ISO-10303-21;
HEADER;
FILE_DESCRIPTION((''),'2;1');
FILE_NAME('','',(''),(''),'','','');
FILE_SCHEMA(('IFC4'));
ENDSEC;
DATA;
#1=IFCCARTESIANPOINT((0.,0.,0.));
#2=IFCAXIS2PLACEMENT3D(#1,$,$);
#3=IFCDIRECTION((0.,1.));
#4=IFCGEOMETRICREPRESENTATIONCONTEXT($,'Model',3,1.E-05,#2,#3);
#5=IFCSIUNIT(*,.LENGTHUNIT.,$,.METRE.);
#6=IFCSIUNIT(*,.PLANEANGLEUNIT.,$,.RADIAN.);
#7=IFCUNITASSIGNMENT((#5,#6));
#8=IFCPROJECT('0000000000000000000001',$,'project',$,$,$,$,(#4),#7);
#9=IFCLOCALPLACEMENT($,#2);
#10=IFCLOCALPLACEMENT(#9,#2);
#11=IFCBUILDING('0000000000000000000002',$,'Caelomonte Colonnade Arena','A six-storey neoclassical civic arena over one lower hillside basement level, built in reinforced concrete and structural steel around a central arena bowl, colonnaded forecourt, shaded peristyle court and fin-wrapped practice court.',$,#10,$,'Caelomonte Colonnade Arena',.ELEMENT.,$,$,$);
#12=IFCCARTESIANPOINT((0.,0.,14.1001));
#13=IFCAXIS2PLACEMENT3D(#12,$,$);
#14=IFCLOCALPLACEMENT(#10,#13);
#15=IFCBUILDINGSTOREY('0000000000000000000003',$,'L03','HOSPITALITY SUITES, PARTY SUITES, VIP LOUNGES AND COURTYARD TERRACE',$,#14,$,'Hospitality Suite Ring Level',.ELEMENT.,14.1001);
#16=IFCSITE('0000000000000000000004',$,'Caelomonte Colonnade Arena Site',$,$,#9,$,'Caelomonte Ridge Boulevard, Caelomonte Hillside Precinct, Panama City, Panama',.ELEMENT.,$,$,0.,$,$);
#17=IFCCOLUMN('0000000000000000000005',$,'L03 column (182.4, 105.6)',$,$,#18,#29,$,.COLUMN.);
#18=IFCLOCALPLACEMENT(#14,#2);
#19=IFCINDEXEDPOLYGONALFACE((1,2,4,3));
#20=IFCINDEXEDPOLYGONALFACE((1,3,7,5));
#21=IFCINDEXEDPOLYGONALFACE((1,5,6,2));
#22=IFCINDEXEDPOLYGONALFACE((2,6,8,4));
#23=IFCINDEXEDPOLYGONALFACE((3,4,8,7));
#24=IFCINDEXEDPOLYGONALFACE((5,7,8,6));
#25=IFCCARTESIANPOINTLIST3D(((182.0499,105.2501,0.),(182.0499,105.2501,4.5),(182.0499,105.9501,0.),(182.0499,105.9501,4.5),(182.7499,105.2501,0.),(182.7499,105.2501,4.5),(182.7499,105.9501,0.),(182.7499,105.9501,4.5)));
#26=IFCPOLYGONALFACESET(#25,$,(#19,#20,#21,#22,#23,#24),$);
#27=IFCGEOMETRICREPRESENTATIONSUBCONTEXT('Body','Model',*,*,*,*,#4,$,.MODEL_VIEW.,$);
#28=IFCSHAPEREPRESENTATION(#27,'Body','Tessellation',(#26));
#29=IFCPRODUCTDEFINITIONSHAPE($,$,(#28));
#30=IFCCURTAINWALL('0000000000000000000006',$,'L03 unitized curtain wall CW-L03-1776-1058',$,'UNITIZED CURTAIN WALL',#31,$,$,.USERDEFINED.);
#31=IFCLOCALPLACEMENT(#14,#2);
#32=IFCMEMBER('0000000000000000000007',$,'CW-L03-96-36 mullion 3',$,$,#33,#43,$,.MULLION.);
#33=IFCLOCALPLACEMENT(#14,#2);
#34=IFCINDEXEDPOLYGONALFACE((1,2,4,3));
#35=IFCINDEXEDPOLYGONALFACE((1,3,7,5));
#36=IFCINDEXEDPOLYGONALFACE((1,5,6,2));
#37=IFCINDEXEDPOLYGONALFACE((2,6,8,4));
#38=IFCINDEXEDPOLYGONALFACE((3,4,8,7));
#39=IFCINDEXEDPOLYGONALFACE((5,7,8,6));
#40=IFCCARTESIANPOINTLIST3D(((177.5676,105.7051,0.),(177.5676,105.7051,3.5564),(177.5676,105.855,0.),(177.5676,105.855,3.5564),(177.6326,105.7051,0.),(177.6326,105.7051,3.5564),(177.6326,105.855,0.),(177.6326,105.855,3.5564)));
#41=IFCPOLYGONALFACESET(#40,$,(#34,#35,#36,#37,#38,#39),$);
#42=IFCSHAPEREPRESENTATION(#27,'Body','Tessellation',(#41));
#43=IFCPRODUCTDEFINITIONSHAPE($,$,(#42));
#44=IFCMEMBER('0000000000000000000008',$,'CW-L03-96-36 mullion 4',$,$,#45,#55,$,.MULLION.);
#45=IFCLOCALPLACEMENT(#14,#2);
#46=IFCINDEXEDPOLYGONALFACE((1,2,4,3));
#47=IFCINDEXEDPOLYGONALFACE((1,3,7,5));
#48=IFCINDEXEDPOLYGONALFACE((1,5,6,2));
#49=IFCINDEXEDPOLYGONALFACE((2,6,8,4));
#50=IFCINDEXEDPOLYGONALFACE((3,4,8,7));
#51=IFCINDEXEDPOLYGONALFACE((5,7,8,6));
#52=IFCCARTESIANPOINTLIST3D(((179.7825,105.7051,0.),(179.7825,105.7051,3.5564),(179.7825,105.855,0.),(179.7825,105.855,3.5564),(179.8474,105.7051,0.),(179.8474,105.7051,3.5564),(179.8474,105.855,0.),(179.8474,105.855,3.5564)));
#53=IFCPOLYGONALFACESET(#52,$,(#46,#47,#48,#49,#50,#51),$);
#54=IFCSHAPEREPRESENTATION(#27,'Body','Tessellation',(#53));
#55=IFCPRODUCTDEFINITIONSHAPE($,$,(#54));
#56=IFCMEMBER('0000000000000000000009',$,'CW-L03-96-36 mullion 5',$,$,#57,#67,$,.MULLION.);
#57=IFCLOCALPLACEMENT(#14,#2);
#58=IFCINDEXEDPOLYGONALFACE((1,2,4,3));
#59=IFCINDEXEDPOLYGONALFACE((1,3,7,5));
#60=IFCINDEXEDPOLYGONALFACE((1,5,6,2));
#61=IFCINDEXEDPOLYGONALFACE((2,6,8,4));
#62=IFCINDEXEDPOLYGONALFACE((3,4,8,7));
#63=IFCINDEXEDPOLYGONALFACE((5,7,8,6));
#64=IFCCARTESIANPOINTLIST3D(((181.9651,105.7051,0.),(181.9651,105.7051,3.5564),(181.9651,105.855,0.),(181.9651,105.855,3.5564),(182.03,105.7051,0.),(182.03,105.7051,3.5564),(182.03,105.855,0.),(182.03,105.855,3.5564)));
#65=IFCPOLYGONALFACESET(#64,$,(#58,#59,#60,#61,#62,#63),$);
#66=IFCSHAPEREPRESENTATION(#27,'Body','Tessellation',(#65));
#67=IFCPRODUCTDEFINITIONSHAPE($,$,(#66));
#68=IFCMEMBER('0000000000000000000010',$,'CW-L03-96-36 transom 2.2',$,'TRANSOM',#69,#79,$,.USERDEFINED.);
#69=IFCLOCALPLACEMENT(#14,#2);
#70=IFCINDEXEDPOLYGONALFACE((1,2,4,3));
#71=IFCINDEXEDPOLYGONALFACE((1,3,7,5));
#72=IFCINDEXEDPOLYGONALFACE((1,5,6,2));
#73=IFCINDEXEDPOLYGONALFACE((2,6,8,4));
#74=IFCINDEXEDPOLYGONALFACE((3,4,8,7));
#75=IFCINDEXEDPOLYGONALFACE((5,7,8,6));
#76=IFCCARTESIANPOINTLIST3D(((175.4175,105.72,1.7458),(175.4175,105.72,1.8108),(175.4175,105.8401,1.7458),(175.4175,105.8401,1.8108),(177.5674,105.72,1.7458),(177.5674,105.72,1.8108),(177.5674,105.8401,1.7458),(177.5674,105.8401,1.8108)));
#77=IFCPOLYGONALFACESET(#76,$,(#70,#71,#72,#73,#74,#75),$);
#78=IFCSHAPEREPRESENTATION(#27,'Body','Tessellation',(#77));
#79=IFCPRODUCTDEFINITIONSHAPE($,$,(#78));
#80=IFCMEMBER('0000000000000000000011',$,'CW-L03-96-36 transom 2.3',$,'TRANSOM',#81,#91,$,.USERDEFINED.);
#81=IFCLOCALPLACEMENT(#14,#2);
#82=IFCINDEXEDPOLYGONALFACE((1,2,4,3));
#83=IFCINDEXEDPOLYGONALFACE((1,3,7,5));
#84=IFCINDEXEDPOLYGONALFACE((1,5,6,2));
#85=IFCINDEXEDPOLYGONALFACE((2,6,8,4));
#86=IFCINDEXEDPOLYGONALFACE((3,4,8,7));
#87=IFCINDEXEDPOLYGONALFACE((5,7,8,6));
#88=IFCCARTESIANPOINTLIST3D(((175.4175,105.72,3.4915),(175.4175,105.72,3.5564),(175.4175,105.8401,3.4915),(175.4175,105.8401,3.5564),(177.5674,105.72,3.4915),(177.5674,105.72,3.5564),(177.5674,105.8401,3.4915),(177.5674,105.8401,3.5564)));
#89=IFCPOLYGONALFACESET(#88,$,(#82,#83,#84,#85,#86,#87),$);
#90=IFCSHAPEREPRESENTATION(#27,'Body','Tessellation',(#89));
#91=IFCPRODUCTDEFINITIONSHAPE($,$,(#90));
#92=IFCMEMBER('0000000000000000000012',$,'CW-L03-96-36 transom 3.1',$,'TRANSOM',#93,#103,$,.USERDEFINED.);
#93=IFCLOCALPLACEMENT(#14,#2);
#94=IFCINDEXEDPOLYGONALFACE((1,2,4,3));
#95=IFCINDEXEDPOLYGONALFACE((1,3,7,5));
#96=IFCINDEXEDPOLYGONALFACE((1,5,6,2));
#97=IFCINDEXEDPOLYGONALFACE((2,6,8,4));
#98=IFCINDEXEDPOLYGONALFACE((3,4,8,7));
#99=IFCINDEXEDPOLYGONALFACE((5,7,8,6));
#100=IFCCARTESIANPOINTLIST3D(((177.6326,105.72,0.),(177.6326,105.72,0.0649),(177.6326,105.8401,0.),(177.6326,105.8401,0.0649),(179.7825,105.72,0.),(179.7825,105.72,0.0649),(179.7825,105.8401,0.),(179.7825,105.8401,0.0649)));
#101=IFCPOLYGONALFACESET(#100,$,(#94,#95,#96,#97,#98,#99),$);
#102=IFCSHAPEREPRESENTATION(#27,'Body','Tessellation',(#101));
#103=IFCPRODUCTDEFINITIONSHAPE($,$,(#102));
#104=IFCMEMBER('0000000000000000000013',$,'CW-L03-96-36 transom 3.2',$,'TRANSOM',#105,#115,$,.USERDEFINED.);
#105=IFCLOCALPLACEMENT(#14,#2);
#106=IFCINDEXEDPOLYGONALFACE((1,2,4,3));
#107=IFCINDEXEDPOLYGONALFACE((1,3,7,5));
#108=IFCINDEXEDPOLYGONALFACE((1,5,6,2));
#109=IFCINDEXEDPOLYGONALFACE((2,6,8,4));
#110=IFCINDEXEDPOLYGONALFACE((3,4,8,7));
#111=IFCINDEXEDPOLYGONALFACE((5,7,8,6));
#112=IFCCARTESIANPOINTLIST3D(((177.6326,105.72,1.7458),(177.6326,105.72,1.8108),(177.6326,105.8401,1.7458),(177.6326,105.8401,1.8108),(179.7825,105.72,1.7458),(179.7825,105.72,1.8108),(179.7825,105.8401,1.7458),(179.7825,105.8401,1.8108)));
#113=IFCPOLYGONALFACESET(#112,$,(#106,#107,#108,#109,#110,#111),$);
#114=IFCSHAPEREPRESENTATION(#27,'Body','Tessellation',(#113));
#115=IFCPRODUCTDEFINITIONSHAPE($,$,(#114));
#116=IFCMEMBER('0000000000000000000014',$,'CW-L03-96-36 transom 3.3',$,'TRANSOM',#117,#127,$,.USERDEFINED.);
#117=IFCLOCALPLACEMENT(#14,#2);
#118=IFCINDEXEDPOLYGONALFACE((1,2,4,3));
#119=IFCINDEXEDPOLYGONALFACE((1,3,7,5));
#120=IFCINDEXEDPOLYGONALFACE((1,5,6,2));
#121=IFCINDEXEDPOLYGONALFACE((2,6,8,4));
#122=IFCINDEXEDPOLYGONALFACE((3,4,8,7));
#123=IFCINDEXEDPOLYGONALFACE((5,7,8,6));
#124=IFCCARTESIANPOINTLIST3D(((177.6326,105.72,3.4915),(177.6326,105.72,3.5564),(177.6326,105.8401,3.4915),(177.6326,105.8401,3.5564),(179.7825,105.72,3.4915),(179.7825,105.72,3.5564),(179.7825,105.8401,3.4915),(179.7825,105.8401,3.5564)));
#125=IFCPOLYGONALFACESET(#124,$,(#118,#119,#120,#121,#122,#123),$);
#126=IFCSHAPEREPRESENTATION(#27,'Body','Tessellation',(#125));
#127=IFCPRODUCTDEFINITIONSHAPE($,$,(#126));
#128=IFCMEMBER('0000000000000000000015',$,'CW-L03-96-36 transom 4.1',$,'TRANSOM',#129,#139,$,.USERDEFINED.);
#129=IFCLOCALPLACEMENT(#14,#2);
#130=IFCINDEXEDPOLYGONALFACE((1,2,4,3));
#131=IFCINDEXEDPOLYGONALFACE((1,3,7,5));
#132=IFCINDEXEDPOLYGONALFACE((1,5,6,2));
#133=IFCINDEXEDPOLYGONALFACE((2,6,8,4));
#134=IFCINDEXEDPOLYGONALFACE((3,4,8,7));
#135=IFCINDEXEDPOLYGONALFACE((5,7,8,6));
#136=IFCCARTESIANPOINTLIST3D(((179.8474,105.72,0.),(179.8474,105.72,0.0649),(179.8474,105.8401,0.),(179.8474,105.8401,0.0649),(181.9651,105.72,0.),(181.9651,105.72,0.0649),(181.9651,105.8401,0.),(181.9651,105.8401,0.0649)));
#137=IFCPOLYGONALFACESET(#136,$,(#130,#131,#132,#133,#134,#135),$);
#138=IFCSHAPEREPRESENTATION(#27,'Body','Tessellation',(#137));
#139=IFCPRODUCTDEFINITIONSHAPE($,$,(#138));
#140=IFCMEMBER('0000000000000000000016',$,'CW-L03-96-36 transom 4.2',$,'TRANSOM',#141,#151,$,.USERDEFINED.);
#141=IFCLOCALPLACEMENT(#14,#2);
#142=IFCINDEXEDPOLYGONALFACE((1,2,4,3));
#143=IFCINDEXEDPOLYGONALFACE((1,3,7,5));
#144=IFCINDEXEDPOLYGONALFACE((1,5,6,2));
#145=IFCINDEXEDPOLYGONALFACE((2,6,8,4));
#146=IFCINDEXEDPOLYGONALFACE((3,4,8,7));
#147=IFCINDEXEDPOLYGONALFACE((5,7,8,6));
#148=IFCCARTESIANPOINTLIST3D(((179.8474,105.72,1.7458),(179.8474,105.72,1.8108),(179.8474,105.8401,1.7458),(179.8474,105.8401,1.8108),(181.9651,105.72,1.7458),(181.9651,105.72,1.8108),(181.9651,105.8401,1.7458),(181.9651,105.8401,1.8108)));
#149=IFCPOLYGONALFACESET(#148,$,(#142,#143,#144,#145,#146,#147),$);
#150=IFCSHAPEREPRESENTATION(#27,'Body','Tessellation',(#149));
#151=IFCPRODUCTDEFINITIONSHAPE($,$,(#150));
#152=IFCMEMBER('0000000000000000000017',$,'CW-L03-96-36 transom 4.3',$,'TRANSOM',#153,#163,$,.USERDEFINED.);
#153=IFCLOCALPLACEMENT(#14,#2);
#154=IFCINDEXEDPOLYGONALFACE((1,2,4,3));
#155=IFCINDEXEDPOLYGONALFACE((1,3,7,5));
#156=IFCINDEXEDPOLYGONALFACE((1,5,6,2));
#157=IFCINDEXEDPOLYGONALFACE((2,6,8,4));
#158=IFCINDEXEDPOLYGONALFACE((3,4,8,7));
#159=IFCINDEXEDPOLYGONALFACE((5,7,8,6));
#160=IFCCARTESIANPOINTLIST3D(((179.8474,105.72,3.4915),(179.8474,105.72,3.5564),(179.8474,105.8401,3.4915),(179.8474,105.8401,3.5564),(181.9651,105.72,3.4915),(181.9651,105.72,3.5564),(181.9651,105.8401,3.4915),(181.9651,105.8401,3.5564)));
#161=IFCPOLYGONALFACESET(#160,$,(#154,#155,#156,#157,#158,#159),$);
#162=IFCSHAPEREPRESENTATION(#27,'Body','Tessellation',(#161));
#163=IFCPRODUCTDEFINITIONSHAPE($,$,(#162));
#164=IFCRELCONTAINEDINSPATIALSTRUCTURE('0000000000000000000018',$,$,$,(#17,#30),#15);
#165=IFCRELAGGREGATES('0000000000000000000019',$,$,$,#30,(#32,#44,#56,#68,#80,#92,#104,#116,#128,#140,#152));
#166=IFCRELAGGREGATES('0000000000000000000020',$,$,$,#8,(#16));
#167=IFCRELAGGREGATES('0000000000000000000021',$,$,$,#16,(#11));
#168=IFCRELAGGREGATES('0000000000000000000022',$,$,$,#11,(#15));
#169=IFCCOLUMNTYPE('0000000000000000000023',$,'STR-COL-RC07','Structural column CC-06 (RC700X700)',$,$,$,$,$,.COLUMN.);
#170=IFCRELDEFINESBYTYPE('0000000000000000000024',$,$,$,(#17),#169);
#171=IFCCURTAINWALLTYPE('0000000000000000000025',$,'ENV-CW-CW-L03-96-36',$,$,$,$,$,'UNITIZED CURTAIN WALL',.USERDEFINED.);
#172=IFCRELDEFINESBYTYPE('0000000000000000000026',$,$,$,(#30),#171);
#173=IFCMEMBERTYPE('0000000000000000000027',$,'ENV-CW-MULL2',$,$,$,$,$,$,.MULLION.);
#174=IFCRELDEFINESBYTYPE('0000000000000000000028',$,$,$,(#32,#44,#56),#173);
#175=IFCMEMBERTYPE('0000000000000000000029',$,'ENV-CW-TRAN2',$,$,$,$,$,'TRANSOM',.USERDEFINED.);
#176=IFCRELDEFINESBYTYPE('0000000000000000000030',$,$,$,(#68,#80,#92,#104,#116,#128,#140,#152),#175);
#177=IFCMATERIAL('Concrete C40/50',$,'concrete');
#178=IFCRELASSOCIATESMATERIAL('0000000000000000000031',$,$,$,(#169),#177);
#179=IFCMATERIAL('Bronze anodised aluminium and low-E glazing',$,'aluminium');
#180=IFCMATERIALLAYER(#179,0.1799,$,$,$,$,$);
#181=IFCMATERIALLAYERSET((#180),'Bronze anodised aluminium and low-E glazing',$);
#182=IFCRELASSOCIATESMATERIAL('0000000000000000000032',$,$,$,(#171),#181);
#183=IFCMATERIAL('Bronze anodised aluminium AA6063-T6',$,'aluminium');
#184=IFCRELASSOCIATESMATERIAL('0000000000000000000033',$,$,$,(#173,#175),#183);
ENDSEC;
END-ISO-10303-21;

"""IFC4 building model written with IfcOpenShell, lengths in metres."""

from ifc_helpers import new_model, si_unit, direction, frame, origin, origin_2d, place, context, subcontext, project, spatial, rectangle, extrude, material, layer, layer_set, material_profile, profile_set, type_object, element, aggregate, save


model = new_model("IFC4")

# Units and contexts
model_context = context("Model", 3, precision=1e-05, world=origin(), true_north=direction((0.0, 1.0)))
body_context = subcontext(model_context, "Body", "Model", "MODEL_VIEW")
ifc_project = project(units=[si_unit("LENGTHUNIT", "METRE"), si_unit("PLANEANGLEUNIT", "RADIAN")], contexts=[model_context])

# Site, building, storey
site_placement = place(None, origin())
site = spatial("IfcSite", under=ifc_project, at=site_placement, Name="Caelomonte Colonnade Arena Site", LongName="Caelomonte Ridge Boulevard, Caelomonte Hillside Precinct, Panama City, Panama", CompositionType="ELEMENT", RefElevation=0.0)
building_placement = place(site_placement, origin())
building = spatial("IfcBuilding", under=site, at=building_placement, Name="Caelomonte Colonnade Arena", Description="A six-storey neoclassical civic arena over one lower hillside basement level, built in reinforced concrete and structural steel around a central arena bowl, colonnaded forecourt, shaded peristyle court and fin-wrapped practice court.", LongName="Caelomonte Colonnade Arena", CompositionType="ELEMENT")
storey_placement = place(building_placement, frame((0.0, 0.0, 14.1001)))
storey = spatial("IfcBuildingStorey", under=building, at=storey_placement, Name="L03", Description="HOSPITALITY SUITES, PARTY SUITES, VIP LOUNGES AND COURTYARD TERRACE", LongName="Hospitality Suite Ring Level", CompositionType="ELEMENT", Elevation=14.1001)

# Column
ifc_material_1 = material(Name="Concrete C40/50", Category="concrete")
ifc_material_profile_1 = material_profile(ifc_material_1, rectangle(XDim=0.7, YDim=0.7, at=origin_2d()), Name="RC700X700")
ifc_profile_set_1 = profile_set([ifc_material_profile_1], Name="Concrete C40/50")
column_type = type_object("IfcColumnType", Name="STR-COL-RC07", Description="Structural column CC-06 (RC700X700)", PredefinedType="COLUMN", material=ifc_profile_set_1)
column_placement = place(storey_placement, frame((182.3999, 105.6001, 0.0), z_axis=(0.0, 0.0, 1.0), x_axis=(1.0, 0.0, 0.0)))
element("IfcColumn", 1, at=column_placement, inside=storey, type_object=column_type, Name="L03 column (182.4, 105.6)", PredefinedType="COLUMN", context=body_context, shape_type="SweptSolid", body=[
    extrude(rectangle(XDim=0.7, YDim=0.7, at=origin_2d()), origin(), (0.0, 0.0, 1.0), 4.5),
])

# Curtain wall, members
ifc_material_2 = material(Name="Bronze anodised aluminium and low-E glazing", Category="aluminium")
ifc_layer_1 = layer(ifc_material_2, 0.1799)
ifc_layer_set_1 = layer_set([ifc_layer_1], Name="Bronze anodised aluminium and low-E glazing")
curtain_wall_type = type_object("IfcCurtainWallType", Name="ENV-CW-CW-L03-96-36", ElementType="UNITIZED CURTAIN WALL", PredefinedType="USERDEFINED", material=ifc_layer_set_1)
curtain_wall_placement = place(storey_placement, origin())
curtain_wall = element("IfcCurtainWall", 2, at=curtain_wall_placement, inside=storey, type_object=curtain_wall_type, Name="L03 unitized curtain wall CW-L03-1776-1058", ObjectType="UNITIZED CURTAIN WALL", PredefinedType="USERDEFINED")
ifc_material_3 = material(Name="Bronze anodised aluminium AA6063-T6", Category="aluminium")
ifc_material_profile_2 = material_profile(ifc_material_3, rectangle(XDim=0.0649, YDim=0.1499, at=origin_2d()), Name="CWM-65X150")
ifc_profile_set_2 = profile_set([ifc_material_profile_2], Name="Bronze anodised aluminium AA6063-T6")
member_type_1 = type_object("IfcMemberType", Name="ENV-CW-MULL2", PredefinedType="MULLION", material=ifc_profile_set_2)
member_1_placement = place(storey_placement, frame((177.6001, 105.78, 0.0), z_axis=(0.0, 0.0, 1.0), x_axis=(1.0, 0.0, 0.0)))
member_1 = element("IfcMember", 3, at=member_1_placement, type_object=member_type_1, Name="CW-L03-96-36 mullion 3", PredefinedType="MULLION", context=body_context, shape_type="SweptSolid", body=[
    extrude(rectangle(XDim=0.0649, YDim=0.1499, at=origin_2d()), origin(), (0.0, 0.0, 1.0), 3.5564),
])
member_2_placement = place(storey_placement, frame((179.8149, 105.78, 0.0), z_axis=(0.0, 0.0, 1.0), x_axis=(1.0, 0.0, 0.0)))
member_2 = element("IfcMember", 4, at=member_2_placement, type_object=member_type_1, Name="CW-L03-96-36 mullion 4", PredefinedType="MULLION", context=body_context, shape_type="SweptSolid", body=[
    extrude(rectangle(XDim=0.0649, YDim=0.1499, at=origin_2d()), origin(), (0.0, 0.0, 1.0), 3.5564),
])
member_3_placement = place(storey_placement, frame((181.9976, 105.78, 0.0), z_axis=(0.0, 0.0, 1.0), x_axis=(1.0, 0.0, 0.0)))
member_3 = element("IfcMember", 5, at=member_3_placement, type_object=member_type_1, Name="CW-L03-96-36 mullion 5", PredefinedType="MULLION", context=body_context, shape_type="SweptSolid", body=[
    extrude(rectangle(XDim=0.0649, YDim=0.1499, at=origin_2d()), origin(), (0.0, 0.0, 1.0), 3.5564),
])
ifc_material_profile_3 = material_profile(ifc_material_3, rectangle(XDim=0.0649, YDim=0.1201, at=origin_2d()), Name="CWT-65X120")
ifc_profile_set_3 = profile_set([ifc_material_profile_3], Name="Bronze anodised aluminium AA6063-T6")
member_type_2 = type_object("IfcMemberType", Name="ENV-CW-TRAN2", ElementType="TRANSOM", PredefinedType="USERDEFINED", material=ifc_profile_set_3)
member_4_placement = place(storey_placement, frame((175.4175, 105.78, 1.7783), z_axis=(1.0, 0.0, 0.0), x_axis=(0.0, 0.0, 1.0)))
member_4 = element("IfcMember", 6, at=member_4_placement, type_object=member_type_2, Name="CW-L03-96-36 transom 2.2", ObjectType="TRANSOM", PredefinedType="USERDEFINED", context=body_context, shape_type="SweptSolid", body=[
    extrude(rectangle(XDim=0.0649, YDim=0.1201, at=origin_2d()), origin(), (0.0, 0.0, 1.0), 2.1499),
])
member_5_placement = place(storey_placement, frame((175.4175, 105.78, 3.5239), z_axis=(1.0, 0.0, 0.0), x_axis=(0.0, 0.0, 1.0)))
member_5 = element("IfcMember", 7, at=member_5_placement, type_object=member_type_2, Name="CW-L03-96-36 transom 2.3", ObjectType="TRANSOM", PredefinedType="USERDEFINED", context=body_context, shape_type="SweptSolid", body=[
    extrude(rectangle(XDim=0.0649, YDim=0.1201, at=origin_2d()), origin(), (0.0, 0.0, 1.0), 2.1499),
])
member_6_placement = place(storey_placement, frame((177.6326, 105.78, 0.0325), z_axis=(1.0, 0.0, 0.0), x_axis=(0.0, 0.0, 1.0)))
member_6 = element("IfcMember", 8, at=member_6_placement, type_object=member_type_2, Name="CW-L03-96-36 transom 3.1", ObjectType="TRANSOM", PredefinedType="USERDEFINED", context=body_context, shape_type="SweptSolid", body=[
    extrude(rectangle(XDim=0.0649, YDim=0.1201, at=origin_2d()), origin(), (0.0, 0.0, 1.0), 2.1499),
])
member_7_placement = place(storey_placement, frame((177.6326, 105.78, 1.7783), z_axis=(1.0, 0.0, 0.0), x_axis=(0.0, 0.0, 1.0)))
member_7 = element("IfcMember", 9, at=member_7_placement, type_object=member_type_2, Name="CW-L03-96-36 transom 3.2", ObjectType="TRANSOM", PredefinedType="USERDEFINED", context=body_context, shape_type="SweptSolid", body=[
    extrude(rectangle(XDim=0.0649, YDim=0.1201, at=origin_2d()), origin(), (0.0, 0.0, 1.0), 2.1499),
])
member_8_placement = place(storey_placement, frame((177.6326, 105.78, 3.5239), z_axis=(1.0, 0.0, 0.0), x_axis=(0.0, 0.0, 1.0)))
member_8 = element("IfcMember", 10, at=member_8_placement, type_object=member_type_2, Name="CW-L03-96-36 transom 3.3", ObjectType="TRANSOM", PredefinedType="USERDEFINED", context=body_context, shape_type="SweptSolid", body=[
    extrude(rectangle(XDim=0.0649, YDim=0.1201, at=origin_2d()), origin(), (0.0, 0.0, 1.0), 2.1499),
])
member_9_placement = place(storey_placement, frame((179.8474, 105.78, 0.0325), z_axis=(1.0, 0.0, 0.0), x_axis=(0.0, 0.0, 1.0)))
member_9 = element("IfcMember", 11, at=member_9_placement, type_object=member_type_2, Name="CW-L03-96-36 transom 4.1", ObjectType="TRANSOM", PredefinedType="USERDEFINED", context=body_context, shape_type="SweptSolid", body=[
    extrude(rectangle(XDim=0.0649, YDim=0.1201, at=origin_2d()), origin(), (0.0, 0.0, 1.0), 2.1177),
])
member_10_placement = place(storey_placement, frame((179.8474, 105.78, 1.7783), z_axis=(1.0, 0.0, 0.0), x_axis=(0.0, 0.0, 1.0)))
member_10 = element("IfcMember", 12, at=member_10_placement, type_object=member_type_2, Name="CW-L03-96-36 transom 4.2", ObjectType="TRANSOM", PredefinedType="USERDEFINED", context=body_context, shape_type="SweptSolid", body=[
    extrude(rectangle(XDim=0.0649, YDim=0.1201, at=origin_2d()), origin(), (0.0, 0.0, 1.0), 2.1177),
])
member_11_placement = place(storey_placement, frame((179.8474, 105.78, 3.5239), z_axis=(1.0, 0.0, 0.0), x_axis=(0.0, 0.0, 1.0)))
member_11 = element("IfcMember", 13, at=member_11_placement, type_object=member_type_2, Name="CW-L03-96-36 transom 4.3", ObjectType="TRANSOM", PredefinedType="USERDEFINED", context=body_context, shape_type="SweptSolid", body=[
    extrude(rectangle(XDim=0.0649, YDim=0.1201, at=origin_2d()), origin(), (0.0, 0.0, 1.0), 2.1177),
])

aggregate(curtain_wall, [member_1, member_2, member_3, member_4, member_5, member_6, member_7, member_8, member_9, member_10, member_11])

save(model, "model.ifc")
